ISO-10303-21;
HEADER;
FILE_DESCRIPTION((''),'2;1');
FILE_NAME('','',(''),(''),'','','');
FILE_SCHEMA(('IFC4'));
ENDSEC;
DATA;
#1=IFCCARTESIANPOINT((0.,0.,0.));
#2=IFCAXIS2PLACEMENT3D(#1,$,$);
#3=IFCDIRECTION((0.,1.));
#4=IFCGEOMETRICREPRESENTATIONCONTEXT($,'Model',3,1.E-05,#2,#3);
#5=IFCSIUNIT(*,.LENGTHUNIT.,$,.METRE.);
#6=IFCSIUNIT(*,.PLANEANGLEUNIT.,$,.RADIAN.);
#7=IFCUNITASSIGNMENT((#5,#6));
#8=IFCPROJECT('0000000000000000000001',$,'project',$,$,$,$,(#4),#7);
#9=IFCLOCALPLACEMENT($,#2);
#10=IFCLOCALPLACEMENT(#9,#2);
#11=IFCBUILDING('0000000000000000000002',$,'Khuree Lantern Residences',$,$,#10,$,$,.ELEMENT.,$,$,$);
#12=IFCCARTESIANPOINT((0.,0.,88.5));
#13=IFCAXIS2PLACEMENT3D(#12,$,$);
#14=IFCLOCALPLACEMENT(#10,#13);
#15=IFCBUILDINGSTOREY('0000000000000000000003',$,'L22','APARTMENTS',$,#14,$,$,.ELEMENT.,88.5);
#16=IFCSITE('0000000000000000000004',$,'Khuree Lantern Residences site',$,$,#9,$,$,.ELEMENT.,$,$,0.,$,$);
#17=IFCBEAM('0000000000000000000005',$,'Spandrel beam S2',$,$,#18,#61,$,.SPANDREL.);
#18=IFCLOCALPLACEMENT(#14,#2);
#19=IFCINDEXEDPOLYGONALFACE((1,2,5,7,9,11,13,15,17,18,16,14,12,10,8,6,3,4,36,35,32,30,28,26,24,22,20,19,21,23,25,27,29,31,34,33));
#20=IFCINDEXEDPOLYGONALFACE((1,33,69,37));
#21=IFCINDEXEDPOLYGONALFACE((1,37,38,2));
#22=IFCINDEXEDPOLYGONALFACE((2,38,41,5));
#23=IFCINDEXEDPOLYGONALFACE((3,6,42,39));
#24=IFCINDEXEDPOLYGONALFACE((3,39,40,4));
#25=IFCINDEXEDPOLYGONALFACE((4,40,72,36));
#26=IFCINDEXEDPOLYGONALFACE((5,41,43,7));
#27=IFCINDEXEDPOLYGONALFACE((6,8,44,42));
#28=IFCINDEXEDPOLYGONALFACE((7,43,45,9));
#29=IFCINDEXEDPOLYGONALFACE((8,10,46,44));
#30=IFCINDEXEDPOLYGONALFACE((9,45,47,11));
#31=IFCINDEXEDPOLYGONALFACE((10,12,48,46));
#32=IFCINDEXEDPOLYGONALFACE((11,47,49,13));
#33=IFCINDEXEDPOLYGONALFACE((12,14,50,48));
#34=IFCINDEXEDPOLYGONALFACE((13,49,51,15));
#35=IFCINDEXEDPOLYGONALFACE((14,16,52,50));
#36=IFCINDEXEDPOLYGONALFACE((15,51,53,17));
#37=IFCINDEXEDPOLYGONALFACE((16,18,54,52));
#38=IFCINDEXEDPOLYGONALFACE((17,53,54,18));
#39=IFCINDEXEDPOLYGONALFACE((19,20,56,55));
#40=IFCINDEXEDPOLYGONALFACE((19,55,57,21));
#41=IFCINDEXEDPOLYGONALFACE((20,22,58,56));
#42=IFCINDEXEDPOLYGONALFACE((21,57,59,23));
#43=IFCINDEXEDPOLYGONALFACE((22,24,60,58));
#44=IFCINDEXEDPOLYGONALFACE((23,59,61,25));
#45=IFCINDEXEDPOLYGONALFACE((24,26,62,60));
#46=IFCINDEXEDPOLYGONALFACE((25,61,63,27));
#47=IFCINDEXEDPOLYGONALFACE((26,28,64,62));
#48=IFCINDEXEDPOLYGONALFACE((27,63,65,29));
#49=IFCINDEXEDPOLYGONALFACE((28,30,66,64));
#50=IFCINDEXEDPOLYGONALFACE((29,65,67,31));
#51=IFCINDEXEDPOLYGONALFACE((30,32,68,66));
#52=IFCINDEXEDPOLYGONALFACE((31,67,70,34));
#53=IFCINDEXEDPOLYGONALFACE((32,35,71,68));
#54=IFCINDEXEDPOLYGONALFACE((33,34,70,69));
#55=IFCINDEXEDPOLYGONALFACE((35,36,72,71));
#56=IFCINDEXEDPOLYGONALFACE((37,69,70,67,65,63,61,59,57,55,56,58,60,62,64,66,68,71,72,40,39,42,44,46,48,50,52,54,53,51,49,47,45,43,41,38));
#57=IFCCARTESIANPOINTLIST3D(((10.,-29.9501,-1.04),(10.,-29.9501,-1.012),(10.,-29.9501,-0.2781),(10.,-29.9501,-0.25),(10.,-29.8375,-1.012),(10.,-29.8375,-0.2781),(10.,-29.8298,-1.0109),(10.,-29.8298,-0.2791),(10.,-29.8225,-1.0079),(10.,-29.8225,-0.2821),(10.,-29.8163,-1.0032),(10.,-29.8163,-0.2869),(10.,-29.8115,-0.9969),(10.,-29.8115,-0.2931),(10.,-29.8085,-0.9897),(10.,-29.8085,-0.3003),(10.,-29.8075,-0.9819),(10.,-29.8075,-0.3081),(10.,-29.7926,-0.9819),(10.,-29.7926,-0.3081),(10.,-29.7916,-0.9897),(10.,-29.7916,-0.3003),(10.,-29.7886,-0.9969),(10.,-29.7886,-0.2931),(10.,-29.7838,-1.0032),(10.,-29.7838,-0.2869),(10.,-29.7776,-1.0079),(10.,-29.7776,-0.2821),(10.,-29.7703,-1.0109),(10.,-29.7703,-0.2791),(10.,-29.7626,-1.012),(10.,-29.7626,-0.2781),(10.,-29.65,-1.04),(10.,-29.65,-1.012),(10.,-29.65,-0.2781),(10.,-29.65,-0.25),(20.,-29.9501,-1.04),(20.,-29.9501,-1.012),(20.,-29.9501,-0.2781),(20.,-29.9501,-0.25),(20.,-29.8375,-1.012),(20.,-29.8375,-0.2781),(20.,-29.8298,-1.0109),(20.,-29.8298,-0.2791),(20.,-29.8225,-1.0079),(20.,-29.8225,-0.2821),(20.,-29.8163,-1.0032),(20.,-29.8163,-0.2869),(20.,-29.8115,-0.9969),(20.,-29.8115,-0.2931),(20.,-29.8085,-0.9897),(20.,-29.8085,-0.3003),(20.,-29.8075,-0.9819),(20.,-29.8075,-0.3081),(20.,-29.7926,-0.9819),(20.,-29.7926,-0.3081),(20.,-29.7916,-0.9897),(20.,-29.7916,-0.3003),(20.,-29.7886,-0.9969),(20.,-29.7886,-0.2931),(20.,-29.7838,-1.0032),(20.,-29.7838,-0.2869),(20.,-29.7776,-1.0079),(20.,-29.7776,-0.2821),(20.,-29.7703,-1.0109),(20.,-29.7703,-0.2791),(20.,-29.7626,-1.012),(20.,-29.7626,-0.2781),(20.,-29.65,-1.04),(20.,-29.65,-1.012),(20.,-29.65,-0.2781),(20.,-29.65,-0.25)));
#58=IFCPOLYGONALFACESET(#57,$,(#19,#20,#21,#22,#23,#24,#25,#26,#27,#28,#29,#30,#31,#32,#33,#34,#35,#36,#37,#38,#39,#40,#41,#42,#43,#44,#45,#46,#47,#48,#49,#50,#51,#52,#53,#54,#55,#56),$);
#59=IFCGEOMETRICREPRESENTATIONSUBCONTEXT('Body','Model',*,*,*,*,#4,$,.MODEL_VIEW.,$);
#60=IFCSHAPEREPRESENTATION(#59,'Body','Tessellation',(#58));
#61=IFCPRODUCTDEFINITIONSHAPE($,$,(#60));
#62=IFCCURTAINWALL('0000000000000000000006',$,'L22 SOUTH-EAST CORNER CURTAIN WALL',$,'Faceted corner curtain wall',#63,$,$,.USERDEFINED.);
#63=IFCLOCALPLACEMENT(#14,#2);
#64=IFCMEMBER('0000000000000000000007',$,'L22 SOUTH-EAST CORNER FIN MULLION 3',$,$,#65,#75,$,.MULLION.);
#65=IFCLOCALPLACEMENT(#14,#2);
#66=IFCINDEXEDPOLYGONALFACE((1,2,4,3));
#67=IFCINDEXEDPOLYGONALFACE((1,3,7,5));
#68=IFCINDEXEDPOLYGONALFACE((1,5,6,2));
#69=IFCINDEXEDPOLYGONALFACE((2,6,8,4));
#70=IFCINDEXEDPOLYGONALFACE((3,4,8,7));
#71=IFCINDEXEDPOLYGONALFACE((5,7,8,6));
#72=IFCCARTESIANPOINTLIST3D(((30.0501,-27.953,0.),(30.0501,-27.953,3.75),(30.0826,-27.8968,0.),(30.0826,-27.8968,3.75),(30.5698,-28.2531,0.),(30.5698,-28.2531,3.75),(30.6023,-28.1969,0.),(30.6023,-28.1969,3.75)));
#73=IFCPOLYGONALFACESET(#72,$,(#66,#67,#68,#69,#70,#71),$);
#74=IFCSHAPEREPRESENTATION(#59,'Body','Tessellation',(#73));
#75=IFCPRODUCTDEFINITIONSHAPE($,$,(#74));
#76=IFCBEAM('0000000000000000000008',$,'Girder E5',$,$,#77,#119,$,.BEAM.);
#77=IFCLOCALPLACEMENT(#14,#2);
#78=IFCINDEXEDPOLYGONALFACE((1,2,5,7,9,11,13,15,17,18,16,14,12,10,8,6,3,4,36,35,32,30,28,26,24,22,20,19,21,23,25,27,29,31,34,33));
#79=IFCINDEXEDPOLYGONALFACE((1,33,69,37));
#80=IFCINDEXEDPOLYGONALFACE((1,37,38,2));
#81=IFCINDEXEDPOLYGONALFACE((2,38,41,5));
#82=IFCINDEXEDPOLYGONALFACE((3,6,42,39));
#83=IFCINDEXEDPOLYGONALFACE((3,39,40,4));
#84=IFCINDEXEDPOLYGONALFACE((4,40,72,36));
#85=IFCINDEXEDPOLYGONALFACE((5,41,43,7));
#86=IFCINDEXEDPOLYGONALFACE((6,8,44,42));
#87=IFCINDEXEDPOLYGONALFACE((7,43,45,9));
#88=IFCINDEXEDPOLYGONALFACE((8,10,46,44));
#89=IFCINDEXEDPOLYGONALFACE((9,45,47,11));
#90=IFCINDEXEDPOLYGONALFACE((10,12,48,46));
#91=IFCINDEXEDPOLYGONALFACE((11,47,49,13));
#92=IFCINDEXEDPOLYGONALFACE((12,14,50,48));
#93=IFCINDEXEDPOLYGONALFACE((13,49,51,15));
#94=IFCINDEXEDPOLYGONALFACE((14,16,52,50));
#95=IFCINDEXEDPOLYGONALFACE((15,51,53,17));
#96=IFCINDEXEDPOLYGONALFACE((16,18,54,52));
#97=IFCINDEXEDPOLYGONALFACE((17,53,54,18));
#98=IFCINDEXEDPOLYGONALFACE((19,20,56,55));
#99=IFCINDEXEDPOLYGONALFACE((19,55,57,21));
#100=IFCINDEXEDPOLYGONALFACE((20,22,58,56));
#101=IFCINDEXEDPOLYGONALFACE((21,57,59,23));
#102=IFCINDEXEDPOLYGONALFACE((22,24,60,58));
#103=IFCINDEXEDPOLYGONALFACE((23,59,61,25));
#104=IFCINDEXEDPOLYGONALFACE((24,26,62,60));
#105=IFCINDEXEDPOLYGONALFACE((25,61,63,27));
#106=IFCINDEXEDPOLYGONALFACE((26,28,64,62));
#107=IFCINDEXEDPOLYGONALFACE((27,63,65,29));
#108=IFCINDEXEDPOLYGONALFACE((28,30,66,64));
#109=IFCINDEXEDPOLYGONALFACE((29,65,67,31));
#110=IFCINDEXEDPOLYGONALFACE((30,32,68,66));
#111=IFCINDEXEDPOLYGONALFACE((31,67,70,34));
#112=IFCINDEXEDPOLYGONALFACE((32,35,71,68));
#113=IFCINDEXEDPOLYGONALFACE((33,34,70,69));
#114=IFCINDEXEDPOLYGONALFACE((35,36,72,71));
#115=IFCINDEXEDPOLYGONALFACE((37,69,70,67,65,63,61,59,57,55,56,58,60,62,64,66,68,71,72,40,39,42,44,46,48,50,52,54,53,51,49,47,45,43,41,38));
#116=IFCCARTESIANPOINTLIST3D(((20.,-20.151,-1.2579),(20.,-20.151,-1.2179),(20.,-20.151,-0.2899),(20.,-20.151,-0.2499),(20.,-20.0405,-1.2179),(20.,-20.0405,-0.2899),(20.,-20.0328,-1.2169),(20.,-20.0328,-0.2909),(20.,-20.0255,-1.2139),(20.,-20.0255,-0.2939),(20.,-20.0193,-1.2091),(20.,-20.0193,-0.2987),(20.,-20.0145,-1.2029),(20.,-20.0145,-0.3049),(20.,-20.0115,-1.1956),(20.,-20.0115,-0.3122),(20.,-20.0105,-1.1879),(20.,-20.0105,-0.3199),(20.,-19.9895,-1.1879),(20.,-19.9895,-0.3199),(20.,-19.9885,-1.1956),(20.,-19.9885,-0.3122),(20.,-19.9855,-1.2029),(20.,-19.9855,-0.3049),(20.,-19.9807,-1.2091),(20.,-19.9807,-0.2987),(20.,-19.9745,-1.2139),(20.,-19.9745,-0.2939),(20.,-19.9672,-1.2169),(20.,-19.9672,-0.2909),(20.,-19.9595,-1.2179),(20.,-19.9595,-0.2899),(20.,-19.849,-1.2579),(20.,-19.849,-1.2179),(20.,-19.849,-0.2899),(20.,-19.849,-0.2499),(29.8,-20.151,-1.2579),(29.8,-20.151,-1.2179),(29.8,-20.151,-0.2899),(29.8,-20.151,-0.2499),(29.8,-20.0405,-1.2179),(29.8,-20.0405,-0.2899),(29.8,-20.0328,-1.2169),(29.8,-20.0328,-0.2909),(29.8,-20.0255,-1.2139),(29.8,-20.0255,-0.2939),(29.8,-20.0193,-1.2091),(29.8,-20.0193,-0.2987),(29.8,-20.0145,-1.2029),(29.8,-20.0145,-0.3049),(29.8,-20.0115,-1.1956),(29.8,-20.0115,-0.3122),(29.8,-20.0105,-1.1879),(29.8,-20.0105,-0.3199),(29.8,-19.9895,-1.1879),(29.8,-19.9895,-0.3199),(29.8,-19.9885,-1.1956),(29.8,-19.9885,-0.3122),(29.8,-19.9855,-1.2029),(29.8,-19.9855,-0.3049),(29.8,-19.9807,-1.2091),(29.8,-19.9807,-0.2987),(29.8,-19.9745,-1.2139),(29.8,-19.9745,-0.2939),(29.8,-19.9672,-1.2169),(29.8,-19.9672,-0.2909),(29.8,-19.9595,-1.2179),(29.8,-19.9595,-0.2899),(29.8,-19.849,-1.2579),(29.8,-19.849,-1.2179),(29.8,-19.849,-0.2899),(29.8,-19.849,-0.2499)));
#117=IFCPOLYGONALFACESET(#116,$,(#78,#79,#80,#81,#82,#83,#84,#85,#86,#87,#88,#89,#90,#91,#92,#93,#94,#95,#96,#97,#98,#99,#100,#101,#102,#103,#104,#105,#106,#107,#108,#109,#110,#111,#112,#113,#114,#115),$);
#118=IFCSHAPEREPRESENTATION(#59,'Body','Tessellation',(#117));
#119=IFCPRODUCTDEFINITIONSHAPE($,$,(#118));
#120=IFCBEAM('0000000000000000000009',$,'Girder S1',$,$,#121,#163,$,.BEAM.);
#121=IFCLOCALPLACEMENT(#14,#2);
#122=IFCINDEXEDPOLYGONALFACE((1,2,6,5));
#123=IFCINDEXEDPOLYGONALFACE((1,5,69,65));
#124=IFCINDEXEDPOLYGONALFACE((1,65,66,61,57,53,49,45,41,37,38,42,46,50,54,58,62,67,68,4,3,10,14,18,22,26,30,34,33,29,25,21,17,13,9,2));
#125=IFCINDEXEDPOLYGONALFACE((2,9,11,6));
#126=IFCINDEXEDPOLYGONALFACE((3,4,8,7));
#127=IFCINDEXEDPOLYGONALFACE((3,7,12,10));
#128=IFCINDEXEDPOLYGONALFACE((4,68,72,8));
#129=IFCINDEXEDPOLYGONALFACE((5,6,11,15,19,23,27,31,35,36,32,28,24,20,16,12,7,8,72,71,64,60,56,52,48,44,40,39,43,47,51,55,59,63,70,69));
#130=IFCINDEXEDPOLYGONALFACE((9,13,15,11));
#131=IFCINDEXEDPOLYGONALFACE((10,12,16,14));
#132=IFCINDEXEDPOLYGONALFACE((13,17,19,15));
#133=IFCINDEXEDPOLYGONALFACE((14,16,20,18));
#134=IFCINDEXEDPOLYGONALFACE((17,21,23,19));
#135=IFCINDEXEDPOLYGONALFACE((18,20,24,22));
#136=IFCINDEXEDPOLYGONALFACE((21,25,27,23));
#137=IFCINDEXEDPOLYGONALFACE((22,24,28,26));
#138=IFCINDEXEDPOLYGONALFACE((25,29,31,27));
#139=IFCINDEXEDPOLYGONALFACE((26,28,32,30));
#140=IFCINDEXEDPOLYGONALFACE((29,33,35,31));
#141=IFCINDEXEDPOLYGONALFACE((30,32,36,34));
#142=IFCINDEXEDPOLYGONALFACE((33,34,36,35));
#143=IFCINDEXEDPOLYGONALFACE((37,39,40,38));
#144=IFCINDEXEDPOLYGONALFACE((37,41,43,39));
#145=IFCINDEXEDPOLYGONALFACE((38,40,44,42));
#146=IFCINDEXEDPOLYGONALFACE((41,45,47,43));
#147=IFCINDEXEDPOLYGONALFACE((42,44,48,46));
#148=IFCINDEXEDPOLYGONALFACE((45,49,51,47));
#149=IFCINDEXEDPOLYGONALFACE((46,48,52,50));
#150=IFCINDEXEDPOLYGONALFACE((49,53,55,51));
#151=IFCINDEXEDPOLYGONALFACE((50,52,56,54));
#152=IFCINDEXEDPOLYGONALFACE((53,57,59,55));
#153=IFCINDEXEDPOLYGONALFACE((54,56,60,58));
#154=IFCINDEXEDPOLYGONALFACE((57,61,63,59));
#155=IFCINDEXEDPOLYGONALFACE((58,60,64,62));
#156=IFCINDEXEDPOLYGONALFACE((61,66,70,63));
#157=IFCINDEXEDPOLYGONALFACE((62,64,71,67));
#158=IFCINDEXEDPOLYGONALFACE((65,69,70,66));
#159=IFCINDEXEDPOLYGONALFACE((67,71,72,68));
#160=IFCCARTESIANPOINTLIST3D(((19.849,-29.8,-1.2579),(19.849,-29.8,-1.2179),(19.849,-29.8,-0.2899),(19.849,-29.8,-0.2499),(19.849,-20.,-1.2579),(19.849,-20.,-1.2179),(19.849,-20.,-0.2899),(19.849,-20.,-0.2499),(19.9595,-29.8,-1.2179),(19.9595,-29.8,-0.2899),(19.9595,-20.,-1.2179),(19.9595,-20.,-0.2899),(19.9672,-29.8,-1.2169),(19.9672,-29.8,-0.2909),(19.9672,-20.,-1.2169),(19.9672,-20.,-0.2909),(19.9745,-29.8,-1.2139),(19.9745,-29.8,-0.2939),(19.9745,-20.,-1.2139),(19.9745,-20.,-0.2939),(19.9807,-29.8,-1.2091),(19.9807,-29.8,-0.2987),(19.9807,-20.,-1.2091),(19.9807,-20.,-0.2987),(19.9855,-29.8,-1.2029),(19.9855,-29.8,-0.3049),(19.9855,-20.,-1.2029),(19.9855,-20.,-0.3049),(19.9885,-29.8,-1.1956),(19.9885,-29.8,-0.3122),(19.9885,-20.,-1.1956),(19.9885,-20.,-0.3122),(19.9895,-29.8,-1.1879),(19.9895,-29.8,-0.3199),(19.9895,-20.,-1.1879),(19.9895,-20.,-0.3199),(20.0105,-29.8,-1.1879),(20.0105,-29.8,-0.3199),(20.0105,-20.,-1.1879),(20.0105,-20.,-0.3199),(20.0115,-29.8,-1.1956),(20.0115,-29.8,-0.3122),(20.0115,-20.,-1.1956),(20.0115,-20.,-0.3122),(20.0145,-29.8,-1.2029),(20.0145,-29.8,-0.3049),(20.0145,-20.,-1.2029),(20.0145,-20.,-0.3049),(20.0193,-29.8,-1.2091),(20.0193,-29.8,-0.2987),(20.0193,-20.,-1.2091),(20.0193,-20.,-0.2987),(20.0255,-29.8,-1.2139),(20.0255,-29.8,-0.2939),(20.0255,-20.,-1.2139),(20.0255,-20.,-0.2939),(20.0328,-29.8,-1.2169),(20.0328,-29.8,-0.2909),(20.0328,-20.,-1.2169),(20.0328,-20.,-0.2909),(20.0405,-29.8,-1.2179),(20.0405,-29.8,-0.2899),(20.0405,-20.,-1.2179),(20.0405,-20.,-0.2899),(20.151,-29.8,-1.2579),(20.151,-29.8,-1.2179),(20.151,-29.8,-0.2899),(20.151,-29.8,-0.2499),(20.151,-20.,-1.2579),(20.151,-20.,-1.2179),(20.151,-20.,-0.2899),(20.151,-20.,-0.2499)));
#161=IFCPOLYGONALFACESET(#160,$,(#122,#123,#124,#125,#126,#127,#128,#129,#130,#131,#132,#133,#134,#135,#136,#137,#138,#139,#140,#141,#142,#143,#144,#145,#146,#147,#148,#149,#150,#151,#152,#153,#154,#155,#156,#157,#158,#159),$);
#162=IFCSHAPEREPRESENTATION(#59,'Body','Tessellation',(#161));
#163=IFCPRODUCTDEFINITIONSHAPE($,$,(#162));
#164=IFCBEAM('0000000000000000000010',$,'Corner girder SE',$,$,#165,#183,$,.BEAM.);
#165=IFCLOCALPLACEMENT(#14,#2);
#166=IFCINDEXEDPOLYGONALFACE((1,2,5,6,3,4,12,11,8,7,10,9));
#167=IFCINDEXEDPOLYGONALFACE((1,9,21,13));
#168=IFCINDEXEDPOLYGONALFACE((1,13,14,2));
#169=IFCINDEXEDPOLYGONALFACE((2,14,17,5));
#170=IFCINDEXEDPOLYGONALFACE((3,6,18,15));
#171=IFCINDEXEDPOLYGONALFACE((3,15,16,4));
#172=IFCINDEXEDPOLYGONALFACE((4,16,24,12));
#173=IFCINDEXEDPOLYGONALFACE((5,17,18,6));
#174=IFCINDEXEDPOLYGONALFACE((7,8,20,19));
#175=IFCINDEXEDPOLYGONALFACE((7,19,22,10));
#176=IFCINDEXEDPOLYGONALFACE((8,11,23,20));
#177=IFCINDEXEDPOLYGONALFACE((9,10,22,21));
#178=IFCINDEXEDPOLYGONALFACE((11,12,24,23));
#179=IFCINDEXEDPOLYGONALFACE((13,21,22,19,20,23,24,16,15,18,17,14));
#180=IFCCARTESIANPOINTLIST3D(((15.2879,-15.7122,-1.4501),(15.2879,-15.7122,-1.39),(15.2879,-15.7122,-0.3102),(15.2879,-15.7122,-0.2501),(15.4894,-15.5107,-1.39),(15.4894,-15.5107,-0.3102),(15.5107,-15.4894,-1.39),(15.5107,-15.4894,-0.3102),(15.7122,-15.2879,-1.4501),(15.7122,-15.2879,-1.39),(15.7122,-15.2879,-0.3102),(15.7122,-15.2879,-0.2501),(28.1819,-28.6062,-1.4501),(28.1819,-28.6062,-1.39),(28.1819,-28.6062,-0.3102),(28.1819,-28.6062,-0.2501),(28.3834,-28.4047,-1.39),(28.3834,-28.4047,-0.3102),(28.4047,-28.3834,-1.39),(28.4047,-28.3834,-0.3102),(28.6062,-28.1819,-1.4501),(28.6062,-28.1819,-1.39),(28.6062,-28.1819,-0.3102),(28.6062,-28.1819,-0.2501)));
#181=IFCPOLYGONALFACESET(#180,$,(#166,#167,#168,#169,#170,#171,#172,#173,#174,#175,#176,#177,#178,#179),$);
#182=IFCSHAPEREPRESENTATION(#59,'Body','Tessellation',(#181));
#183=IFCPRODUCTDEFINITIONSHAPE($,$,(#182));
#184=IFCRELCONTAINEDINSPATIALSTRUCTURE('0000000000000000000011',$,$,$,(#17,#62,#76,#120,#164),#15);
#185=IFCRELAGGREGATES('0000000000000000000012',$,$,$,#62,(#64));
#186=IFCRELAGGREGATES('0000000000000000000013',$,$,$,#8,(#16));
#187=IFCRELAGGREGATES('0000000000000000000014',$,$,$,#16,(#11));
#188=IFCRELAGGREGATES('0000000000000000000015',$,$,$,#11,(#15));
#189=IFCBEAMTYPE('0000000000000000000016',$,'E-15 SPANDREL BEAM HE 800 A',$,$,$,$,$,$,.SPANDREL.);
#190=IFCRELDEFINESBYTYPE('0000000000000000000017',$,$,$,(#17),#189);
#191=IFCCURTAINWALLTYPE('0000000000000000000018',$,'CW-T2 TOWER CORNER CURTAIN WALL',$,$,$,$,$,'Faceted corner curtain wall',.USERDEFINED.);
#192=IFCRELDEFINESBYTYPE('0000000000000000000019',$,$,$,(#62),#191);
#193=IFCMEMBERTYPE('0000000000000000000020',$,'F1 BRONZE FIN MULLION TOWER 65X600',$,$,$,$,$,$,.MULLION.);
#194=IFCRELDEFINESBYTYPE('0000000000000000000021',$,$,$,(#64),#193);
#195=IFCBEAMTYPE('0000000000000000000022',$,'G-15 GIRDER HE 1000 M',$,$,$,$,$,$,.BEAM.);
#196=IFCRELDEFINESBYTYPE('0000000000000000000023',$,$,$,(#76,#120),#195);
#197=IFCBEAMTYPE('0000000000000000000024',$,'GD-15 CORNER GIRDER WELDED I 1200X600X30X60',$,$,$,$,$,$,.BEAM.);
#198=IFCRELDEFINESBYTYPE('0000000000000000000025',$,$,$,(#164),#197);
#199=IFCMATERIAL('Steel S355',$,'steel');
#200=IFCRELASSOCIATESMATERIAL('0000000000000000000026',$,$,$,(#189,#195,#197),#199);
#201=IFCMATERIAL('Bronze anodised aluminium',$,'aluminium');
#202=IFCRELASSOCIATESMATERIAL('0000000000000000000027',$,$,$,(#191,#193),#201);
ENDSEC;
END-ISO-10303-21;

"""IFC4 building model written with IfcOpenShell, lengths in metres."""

from ifc_helpers import new_model, si_unit, direction, frame, origin, origin_2d, place, context, subcontext, project, spatial, rectangle, i_section, extrude, material, material_profile, profile_set, type_object, element, aggregate, save


model = new_model("IFC4")

# Units and contexts
model_context = context("Model", 3, precision=1e-05, world=origin(), true_north=direction((0.0, 1.0)))
body_context = subcontext(model_context, "Body", "Model", "MODEL_VIEW")
ifc_project = project(units=[si_unit("LENGTHUNIT", "METRE"), si_unit("PLANEANGLEUNIT", "RADIAN")], contexts=[model_context])

# Site, building, storey
site_placement = place(None, origin())
site = spatial("IfcSite", under=ifc_project, at=site_placement, Name="Khuree Lantern Residences site", CompositionType="ELEMENT", RefElevation=0.0)
building_placement = place(site_placement, origin())
building = spatial("IfcBuilding", under=site, at=building_placement, Name="Khuree Lantern Residences", CompositionType="ELEMENT")
storey_placement = place(building_placement, frame((0.0, 0.0, 88.5)))
storey = spatial("IfcBuildingStorey", under=building, at=storey_placement, Name="L22", Description="APARTMENTS", CompositionType="ELEMENT", Elevation=88.5)

# Beam
ifc_material_1 = material(Name="Steel S355", Category="steel")
ifc_material_profile_1 = material_profile(ifc_material_1, i_section(OverallWidth=0.3, OverallDepth=0.79, WebThickness=0.0149, FlangeThickness=0.0281, FilletRadius=0.03, at=origin_2d()), Name="HE 800 A")
ifc_profile_set_1 = profile_set([ifc_material_profile_1], Name="Steel S355")
beam_type_1 = type_object("IfcBeamType", Name="E-15 SPANDREL BEAM HE 800 A", PredefinedType="SPANDREL", material=ifc_profile_set_1)
beam_1_placement = place(storey_placement, frame((20.0, -29.8, -0.645), z_axis=(-1.0, 0.0, 0.0), x_axis=(0.0, -1.0, 0.0)))
element("IfcBeam", 1, at=beam_1_placement, inside=storey, type_object=beam_type_1, Name="Spandrel beam S2", PredefinedType="SPANDREL", context=body_context, shape_type="SweptSolid", body=[
    extrude(i_section(OverallWidth=0.3, OverallDepth=0.79, WebThickness=0.0149, FlangeThickness=0.0281, FilletRadius=0.03, at=origin_2d()), origin(), (0.0, 0.0, 1.0), 10.0),
])

# Curtain wall, member
ifc_material_2 = material(Name="Bronze anodised aluminium", Category="aluminium")
curtain_wall_type_1 = type_object("IfcCurtainWallType", Name="CW-T2 TOWER CORNER CURTAIN WALL", ElementType="Faceted corner curtain wall", PredefinedType="USERDEFINED", material=ifc_material_2)
curtain_wall_1_placement = place(storey_placement, origin())
curtain_wall_1 = element("IfcCurtainWall", 2, at=curtain_wall_1_placement, inside=storey, type_object=curtain_wall_type_1, Name="L22 SOUTH-EAST CORNER CURTAIN WALL", ObjectType="Faceted corner curtain wall", PredefinedType="USERDEFINED")
ifc_material_profile_2 = material_profile(ifc_material_2, rectangle(XDim=0.0649, YDim=0.6001, at=origin_2d()), Name="F1 65X600")
ifc_profile_set_2 = profile_set([ifc_material_profile_2], Name="Bronze anodised aluminium")
member_type_1 = type_object("IfcMemberType", Name="F1 BRONZE FIN MULLION TOWER 65X600", PredefinedType="MULLION", material=ifc_profile_set_2)
member_1_placement = place(storey_placement, frame((30.3262, -28.075, 0.0), z_axis=(0.0, 0.0, 1.0), x_axis=(0.5, 0.866025, 0.0)))
member_1 = element("IfcMember", 3, at=member_1_placement, type_object=member_type_1, Name="L22 SOUTH-EAST CORNER FIN MULLION 3", PredefinedType="MULLION", context=body_context, shape_type="SweptSolid", body=[
    extrude(rectangle(XDim=0.0649, YDim=0.6001, at=origin_2d()), origin(), (0.0, 0.0, 1.0), 3.75),
])

# Beams
ifc_material_profile_3 = material_profile(ifc_material_1, i_section(OverallWidth=0.302, OverallDepth=1.0081, WebThickness=0.021, FlangeThickness=0.04, FilletRadius=0.03, at=origin_2d()), Name="HE 1000 M")
ifc_profile_set_3 = profile_set([ifc_material_profile_3], Name="Steel S355")
beam_type_2 = type_object("IfcBeamType", Name="G-15 GIRDER HE 1000 M", PredefinedType="BEAM", material=ifc_profile_set_3)
for number, where, z_axis, x_axis, name in (
    (4, (29.8, -20.0, -0.7539), (-1.0, 0.0, 0.0), (0.0, -1.0, 0.0), "Girder E5"),
    (5, (20.0, -29.8, -0.7539), (0.0, 1.0, 0.0), (-1.0, 0.0, 0.0), "Girder S1"),
):
    element("IfcBeam", number, at=place(storey_placement, frame(where, z_axis=z_axis, x_axis=x_axis)), inside=storey, type_object=beam_type_2, Name=name, PredefinedType="BEAM", context=body_context, shape_type="SweptSolid", body=[
        extrude(i_section(OverallWidth=0.302, OverallDepth=1.0081, WebThickness=0.021, FlangeThickness=0.04, FilletRadius=0.03, at=origin_2d()), origin(), (0.0, 0.0, 1.0), 9.8),
    ])
ifc_material_profile_4 = material_profile(ifc_material_1, i_section(OverallWidth=0.6001, OverallDepth=1.2, WebThickness=0.03, FlangeThickness=0.0601, at=origin_2d()), Name="WELDED I 1200X600X30X60")
ifc_profile_set_4 = profile_set([ifc_material_profile_4], Name="Steel S355")
beam_type_3 = type_object("IfcBeamType", Name="GD-15 CORNER GIRDER WELDED I 1200X600X30X60", PredefinedType="BEAM", material=ifc_profile_set_4)
beam_2_placement = place(storey_placement, frame((28.394, -28.394, -0.8501), z_axis=(-0.707107, 0.707107, 0.0), x_axis=(-0.707107, -0.707107, 0.0)))
element("IfcBeam", 6, at=beam_2_placement, inside=storey, type_object=beam_type_3, Name="Corner girder SE", PredefinedType="BEAM", context=body_context, shape_type="SweptSolid", body=[
    extrude(i_section(OverallWidth=0.6001, OverallDepth=1.2, WebThickness=0.03, FlangeThickness=0.0601, at=origin_2d()), origin(), (0.0, 0.0, 1.0), 18.2349),
])

aggregate(curtain_wall_1, [member_1])

save(model, "model.ifc")
